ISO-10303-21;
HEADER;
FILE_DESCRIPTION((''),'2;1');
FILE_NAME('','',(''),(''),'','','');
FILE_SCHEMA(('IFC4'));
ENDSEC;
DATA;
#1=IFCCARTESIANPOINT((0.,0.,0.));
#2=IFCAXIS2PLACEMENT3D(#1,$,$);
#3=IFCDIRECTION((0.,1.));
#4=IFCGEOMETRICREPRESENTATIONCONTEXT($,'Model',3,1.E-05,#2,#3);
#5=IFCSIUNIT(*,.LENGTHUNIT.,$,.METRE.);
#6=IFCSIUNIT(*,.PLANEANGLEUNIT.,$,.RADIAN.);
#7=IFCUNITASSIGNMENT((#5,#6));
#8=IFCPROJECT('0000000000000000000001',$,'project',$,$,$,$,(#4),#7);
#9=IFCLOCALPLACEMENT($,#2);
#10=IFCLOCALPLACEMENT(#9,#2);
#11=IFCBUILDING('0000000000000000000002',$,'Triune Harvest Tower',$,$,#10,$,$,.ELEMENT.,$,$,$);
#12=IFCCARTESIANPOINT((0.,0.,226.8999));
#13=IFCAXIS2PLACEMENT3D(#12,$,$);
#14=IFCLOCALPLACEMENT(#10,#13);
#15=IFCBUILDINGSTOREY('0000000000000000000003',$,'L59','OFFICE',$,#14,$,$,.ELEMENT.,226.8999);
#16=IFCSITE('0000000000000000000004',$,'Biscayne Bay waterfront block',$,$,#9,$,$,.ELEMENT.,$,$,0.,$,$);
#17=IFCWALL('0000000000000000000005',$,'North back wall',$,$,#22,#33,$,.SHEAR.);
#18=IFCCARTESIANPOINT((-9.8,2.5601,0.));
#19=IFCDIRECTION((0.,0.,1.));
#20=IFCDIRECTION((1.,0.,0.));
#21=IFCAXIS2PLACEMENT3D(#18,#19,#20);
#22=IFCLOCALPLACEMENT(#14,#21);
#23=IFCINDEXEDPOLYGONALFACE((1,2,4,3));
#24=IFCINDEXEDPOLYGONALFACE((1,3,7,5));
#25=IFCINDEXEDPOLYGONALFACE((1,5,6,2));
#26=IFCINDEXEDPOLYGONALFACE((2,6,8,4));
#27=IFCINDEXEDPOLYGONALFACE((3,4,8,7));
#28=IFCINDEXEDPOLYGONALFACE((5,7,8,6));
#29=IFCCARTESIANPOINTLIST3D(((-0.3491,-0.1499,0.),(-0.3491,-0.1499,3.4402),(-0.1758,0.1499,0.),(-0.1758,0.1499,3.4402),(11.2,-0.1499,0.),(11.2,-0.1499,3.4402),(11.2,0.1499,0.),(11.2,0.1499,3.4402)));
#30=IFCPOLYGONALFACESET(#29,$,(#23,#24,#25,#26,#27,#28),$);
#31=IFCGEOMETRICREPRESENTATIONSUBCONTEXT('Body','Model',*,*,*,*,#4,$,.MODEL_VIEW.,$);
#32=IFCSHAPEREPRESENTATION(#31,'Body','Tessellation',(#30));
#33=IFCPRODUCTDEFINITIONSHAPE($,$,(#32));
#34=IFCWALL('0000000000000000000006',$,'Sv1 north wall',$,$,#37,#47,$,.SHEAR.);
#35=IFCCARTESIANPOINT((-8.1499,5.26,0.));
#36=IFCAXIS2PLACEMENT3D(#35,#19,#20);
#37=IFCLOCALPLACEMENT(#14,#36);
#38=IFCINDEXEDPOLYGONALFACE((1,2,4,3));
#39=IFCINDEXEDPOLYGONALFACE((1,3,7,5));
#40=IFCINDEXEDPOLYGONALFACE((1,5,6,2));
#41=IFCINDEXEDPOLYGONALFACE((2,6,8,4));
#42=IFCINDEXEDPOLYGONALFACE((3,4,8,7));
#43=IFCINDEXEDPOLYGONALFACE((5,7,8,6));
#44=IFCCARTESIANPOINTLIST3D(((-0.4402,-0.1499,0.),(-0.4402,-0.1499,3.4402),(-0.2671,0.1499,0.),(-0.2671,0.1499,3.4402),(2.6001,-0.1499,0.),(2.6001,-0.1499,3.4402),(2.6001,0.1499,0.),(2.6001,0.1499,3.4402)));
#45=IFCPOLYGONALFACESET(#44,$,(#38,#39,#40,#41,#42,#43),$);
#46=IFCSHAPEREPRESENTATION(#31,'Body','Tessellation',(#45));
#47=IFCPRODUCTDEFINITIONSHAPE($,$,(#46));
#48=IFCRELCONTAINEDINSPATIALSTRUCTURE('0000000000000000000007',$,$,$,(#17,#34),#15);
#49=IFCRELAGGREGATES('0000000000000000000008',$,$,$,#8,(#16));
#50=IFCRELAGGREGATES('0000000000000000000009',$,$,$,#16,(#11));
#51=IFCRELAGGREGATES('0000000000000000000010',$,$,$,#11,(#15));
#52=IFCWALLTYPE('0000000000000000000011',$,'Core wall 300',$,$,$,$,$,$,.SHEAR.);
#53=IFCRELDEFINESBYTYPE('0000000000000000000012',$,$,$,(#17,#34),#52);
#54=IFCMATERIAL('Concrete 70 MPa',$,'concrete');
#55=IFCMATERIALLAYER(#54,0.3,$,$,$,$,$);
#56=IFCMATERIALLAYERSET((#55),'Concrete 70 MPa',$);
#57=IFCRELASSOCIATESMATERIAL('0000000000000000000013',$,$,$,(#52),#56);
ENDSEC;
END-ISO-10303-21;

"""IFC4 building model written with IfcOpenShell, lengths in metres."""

from ifc_helpers import new_model, si_unit, direction, frame, origin, place, context, subcontext, project, spatial, polyline, outline, extrude, source, transform, mapped, material, layer, layer_set, type_object, element, save


model = new_model("IFC4")

# Units and contexts
model_context = context("Model", 3, precision=1e-05, world=origin(), true_north=direction((0.0, 1.0)))
body_context = subcontext(model_context, "Body", "Model", "MODEL_VIEW")
ifc_project = project(units=[si_unit("LENGTHUNIT", "METRE"), si_unit("PLANEANGLEUNIT", "RADIAN")], contexts=[model_context])

# Site, building, storey
site_placement = place(None, origin())
site = spatial("IfcSite", under=ifc_project, at=site_placement, Name="Biscayne Bay waterfront block", CompositionType="ELEMENT", RefElevation=0.0)
building_placement = place(site_placement, origin())
building = spatial("IfcBuilding", under=site, at=building_placement, Name="Triune Harvest Tower", CompositionType="ELEMENT")
storey_placement = place(building_placement, frame((0.0, 0.0, 226.8999)))
storey = spatial("IfcBuildingStorey", under=building, at=storey_placement, Name="L59", Description="OFFICE", CompositionType="ELEMENT", Elevation=226.8999)

# Shared definitions
ifc_material_1 = material(Name="Concrete 70 MPa", Category="concrete")
ifc_layer_1 = layer(ifc_material_1, 0.3)
ifc_layer_set_1 = layer_set([ifc_layer_1], Name="Concrete 70 MPa")
wall_type_1 = type_object("IfcWallType", Name="Core wall 300", PredefinedType="SHEAR", material=ifc_layer_set_1)

# Walls
shared_shape_1 = source(origin(), body_context, "Body", "SweptSolid", [
    extrude(outline(polyline([(11.2, -0.1499), (-0.3491, -0.1499), (-0.1758, 0.1499), (11.2, 0.1499), (11.2, -0.1499)])), origin(), (0.0, 0.0, 1.0), 3.4402),
])
wall_1_placement = place(storey_placement, frame((-9.8, 2.5601, 0.0), z_axis=(0.0, 0.0, 1.0), x_axis=(1.0, 0.0, 0.0)))
element("IfcWall", 1, at=wall_1_placement, inside=storey, type_object=wall_type_1, Name="North back wall", PredefinedType="SHEAR", context=body_context, shape_type="MappedRepresentation", body=[
    mapped(shared_shape_1, transform((0.0, 0.0, 0.0), scale=1.0)),
])
shared_shape_2 = source(origin(), body_context, "Body", "SweptSolid", [
    extrude(outline(polyline([(2.6001, -0.1499), (-0.4402, -0.1499), (-0.2671, 0.1499), (2.6001, 0.1499), (2.6001, -0.1499)])), origin(), (0.0, 0.0, 1.0), 3.4402),
])
wall_2_placement = place(storey_placement, frame((-8.1499, 5.26, 0.0), z_axis=(0.0, 0.0, 1.0), x_axis=(1.0, 0.0, 0.0)))
element("IfcWall", 2, at=wall_2_placement, inside=storey, type_object=wall_type_1, Name="Sv1 north wall", PredefinedType="SHEAR", context=body_context, shape_type="MappedRepresentation", body=[
    mapped(shared_shape_2, transform((0.0, 0.0, 0.0), scale=1.0)),
])

save(model, "model.ifc")
